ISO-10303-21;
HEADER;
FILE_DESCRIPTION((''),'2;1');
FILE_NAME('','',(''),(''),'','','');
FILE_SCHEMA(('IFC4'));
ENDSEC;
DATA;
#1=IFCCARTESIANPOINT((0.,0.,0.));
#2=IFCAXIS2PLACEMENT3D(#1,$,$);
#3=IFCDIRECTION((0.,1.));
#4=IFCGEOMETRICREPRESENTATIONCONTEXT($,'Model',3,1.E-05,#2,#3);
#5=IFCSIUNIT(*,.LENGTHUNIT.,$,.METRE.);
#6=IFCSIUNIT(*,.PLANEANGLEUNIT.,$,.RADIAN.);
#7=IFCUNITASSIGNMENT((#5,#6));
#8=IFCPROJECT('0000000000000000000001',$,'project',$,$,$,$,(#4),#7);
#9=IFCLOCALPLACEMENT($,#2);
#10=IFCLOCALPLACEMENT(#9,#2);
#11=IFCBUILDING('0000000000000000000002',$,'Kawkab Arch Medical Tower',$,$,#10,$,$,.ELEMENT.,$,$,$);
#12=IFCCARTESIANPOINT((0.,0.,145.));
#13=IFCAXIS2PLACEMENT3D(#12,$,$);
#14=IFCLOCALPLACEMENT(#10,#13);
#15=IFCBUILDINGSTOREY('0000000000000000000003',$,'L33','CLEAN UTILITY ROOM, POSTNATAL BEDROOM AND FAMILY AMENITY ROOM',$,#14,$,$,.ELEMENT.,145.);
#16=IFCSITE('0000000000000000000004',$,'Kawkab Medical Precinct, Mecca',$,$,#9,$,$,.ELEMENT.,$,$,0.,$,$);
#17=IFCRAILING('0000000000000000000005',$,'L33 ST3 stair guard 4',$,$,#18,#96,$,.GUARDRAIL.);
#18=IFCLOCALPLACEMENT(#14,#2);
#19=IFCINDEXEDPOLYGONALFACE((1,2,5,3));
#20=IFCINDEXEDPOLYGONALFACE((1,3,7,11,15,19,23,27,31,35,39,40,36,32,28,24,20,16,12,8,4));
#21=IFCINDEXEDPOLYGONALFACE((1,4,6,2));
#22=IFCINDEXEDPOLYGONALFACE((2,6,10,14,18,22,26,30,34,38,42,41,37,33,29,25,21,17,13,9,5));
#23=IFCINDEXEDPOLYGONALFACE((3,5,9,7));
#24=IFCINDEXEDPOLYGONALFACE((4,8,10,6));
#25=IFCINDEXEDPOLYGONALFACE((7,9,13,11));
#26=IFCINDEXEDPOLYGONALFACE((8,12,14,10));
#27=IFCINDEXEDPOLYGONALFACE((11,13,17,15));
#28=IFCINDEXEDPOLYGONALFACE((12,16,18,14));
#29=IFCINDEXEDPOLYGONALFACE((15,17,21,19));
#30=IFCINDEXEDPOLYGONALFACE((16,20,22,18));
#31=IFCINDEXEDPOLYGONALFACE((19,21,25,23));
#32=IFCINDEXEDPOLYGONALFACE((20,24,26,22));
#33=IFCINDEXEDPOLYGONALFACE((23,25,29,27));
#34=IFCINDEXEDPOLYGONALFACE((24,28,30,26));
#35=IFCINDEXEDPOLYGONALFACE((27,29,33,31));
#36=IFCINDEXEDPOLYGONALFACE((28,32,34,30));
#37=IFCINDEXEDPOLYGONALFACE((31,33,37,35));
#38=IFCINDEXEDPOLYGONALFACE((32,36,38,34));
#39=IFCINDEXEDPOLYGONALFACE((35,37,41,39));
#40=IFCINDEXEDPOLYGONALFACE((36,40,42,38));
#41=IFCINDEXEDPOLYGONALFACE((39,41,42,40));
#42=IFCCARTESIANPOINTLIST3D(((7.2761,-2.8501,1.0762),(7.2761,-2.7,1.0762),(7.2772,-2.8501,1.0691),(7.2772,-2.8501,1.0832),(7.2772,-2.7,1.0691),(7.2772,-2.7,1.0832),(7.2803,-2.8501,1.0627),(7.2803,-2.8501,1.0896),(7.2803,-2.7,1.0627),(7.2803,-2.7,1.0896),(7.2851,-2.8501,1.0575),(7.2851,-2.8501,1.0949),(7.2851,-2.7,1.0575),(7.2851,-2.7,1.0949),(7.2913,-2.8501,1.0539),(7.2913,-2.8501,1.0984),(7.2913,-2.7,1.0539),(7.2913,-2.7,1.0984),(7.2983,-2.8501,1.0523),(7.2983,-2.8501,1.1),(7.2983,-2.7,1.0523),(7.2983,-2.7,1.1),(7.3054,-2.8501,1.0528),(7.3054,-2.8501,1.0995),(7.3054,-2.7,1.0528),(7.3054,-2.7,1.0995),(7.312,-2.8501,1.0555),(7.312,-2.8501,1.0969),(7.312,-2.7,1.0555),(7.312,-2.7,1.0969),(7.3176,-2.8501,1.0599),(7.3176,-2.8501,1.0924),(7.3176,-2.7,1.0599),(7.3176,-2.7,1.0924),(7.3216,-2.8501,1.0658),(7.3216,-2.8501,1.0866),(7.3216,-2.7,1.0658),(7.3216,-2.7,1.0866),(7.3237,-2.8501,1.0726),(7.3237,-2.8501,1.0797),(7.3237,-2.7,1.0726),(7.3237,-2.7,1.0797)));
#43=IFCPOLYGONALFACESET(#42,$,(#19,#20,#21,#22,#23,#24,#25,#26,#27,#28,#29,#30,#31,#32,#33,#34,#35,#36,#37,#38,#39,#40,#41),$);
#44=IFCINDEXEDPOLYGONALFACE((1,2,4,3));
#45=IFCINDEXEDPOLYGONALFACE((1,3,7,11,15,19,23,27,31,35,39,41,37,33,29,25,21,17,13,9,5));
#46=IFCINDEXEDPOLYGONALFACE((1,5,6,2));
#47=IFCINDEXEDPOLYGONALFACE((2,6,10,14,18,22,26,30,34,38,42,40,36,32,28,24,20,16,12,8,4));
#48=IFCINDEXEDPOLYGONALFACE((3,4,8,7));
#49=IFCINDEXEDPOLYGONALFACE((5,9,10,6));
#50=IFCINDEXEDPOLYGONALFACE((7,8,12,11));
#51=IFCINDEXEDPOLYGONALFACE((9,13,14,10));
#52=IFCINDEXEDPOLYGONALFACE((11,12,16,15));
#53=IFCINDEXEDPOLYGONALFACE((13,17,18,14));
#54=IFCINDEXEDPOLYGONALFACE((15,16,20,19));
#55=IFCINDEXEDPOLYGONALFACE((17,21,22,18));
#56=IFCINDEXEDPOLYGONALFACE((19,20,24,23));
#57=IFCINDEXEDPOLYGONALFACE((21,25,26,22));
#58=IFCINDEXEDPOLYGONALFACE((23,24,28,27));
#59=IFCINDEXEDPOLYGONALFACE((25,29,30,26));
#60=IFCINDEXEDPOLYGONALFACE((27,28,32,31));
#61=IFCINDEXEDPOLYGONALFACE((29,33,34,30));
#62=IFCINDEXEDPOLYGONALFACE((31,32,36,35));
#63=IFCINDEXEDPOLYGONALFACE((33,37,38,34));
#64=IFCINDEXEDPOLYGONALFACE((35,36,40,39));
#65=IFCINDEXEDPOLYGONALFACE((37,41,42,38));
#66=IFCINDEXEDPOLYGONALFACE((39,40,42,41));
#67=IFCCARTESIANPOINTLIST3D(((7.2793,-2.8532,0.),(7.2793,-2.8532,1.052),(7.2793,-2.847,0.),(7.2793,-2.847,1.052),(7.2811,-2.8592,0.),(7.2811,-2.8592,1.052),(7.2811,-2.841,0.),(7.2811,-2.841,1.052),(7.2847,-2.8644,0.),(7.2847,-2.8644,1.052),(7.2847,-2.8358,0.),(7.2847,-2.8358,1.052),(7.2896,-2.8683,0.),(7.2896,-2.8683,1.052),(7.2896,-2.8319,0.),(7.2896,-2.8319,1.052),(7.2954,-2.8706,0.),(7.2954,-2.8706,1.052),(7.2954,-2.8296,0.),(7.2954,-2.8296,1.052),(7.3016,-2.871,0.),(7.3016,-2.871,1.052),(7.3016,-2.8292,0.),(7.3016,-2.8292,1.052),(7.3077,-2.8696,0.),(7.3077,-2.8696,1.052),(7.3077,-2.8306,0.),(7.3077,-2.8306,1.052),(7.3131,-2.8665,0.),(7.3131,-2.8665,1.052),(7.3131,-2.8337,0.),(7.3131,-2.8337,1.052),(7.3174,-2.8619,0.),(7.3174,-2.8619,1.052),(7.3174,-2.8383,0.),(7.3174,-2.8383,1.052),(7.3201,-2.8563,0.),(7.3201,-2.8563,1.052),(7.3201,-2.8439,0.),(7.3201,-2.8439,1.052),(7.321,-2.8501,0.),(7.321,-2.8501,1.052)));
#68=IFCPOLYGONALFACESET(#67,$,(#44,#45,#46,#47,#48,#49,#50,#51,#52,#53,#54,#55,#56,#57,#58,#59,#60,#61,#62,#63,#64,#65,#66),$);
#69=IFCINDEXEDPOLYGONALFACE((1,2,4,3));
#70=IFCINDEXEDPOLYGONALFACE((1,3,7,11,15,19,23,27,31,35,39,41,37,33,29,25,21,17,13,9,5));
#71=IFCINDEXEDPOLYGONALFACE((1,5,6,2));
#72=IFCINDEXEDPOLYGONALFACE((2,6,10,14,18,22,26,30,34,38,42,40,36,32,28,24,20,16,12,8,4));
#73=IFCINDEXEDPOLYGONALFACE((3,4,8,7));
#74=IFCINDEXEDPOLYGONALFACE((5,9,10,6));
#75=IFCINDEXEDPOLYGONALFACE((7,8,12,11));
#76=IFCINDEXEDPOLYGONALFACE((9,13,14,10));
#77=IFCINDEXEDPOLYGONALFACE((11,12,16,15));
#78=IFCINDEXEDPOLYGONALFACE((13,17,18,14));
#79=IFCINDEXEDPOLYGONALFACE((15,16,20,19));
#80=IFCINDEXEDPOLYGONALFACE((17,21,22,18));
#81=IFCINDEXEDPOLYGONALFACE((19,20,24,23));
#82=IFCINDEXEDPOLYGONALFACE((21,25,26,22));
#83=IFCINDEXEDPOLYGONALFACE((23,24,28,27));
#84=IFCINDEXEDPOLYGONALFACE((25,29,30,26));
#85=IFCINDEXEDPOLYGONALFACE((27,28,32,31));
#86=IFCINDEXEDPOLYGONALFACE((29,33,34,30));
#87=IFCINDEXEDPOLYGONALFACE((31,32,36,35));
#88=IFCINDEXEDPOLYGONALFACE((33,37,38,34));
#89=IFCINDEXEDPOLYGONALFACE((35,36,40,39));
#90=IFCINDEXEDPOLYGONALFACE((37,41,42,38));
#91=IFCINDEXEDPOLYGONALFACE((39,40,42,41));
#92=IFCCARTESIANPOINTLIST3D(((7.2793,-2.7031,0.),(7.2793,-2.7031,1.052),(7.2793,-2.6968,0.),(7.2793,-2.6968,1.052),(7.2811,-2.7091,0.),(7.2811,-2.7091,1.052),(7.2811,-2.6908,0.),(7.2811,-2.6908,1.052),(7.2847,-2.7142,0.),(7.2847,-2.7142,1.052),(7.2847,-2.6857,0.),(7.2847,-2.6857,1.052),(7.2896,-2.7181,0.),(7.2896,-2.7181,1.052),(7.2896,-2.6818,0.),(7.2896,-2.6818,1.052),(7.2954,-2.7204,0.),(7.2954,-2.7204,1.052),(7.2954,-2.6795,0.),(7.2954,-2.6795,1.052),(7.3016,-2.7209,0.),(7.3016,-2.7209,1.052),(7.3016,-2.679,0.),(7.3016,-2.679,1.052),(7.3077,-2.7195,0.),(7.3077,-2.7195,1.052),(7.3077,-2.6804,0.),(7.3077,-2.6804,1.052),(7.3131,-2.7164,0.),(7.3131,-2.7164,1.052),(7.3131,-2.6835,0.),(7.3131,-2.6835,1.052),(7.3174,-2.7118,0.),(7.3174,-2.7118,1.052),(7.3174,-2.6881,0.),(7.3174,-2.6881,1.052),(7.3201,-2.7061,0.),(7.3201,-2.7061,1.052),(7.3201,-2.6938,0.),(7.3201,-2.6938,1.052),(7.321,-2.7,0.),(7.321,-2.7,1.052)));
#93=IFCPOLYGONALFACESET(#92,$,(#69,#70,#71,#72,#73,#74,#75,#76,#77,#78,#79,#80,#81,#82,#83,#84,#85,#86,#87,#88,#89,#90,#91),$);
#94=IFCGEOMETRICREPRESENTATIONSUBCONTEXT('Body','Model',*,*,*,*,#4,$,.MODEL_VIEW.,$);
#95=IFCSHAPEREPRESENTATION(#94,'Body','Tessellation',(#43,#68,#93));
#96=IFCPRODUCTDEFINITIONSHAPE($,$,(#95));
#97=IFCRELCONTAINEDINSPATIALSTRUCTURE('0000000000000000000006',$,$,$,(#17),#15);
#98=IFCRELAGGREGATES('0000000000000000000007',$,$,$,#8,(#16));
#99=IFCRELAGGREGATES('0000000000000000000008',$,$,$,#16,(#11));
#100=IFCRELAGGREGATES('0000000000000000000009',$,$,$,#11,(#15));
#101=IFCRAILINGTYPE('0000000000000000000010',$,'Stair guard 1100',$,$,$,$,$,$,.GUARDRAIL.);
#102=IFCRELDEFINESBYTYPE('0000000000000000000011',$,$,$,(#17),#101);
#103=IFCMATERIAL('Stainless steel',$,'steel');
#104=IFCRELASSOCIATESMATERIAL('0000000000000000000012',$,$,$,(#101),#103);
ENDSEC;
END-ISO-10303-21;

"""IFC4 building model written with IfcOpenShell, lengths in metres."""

from ifc_helpers import new_model, si_unit, direction, frame, origin, origin_2d, place, context, subcontext, project, spatial, circle, extrude, material, type_object, element, save


model = new_model("IFC4")

# Units and contexts
model_context = context("Model", 3, precision=1e-05, world=origin(), true_north=direction((0.0, 1.0)))
body_context = subcontext(model_context, "Body", "Model", "MODEL_VIEW")
ifc_project = project(units=[si_unit("LENGTHUNIT", "METRE"), si_unit("PLANEANGLEUNIT", "RADIAN")], contexts=[model_context])

# Site, building, storey
site_placement = place(None, origin())
site = spatial("IfcSite", under=ifc_project, at=site_placement, Name="Kawkab Medical Precinct, Mecca", CompositionType="ELEMENT", RefElevation=0.0)
building_placement = place(site_placement, origin())
building = spatial("IfcBuilding", under=site, at=building_placement, Name="Kawkab Arch Medical Tower", CompositionType="ELEMENT")
storey_placement = place(building_placement, frame((0.0, 0.0, 145.0)))
storey = spatial("IfcBuildingStorey", under=building, at=storey_placement, Name="L33", Description="CLEAN UTILITY ROOM, POSTNATAL BEDROOM AND FAMILY AMENITY ROOM", CompositionType="ELEMENT", Elevation=145.0)

# Railing
ifc_material_1 = material(Name="Stainless steel", Category="steel")
railing_type_1 = type_object("IfcRailingType", Name="Stair guard 1100", PredefinedType="GUARDRAIL", material=ifc_material_1)
railing_1_placement = place(storey_placement, frame((7.3, -2.8501, 0.0)))
element("IfcRailing", 1, at=railing_1_placement, inside=storey, type_object=railing_type_1, Name="L33 ST3 stair guard 4", PredefinedType="GUARDRAIL", context=body_context, shape_type="SweptSolid", body=[
    extrude(circle(Radius=0.0239, at=origin_2d()), frame((0.0, 0.0, 1.0762), z_axis=(0.0, 1.0, 0.0), x_axis=(-1.0, 0.0, 0.0)), (0.0, 0.0, 1.0), 0.1501),
    extrude(circle(Radius=0.021, at=origin_2d()), origin(), (0.0, 0.0, 1.0), 1.052),
    extrude(circle(Radius=0.021, at=origin_2d()), frame((0.0, 0.1501, 0.0)), (0.0, 0.0, 1.0), 1.052),
])

save(model, "model.ifc")
